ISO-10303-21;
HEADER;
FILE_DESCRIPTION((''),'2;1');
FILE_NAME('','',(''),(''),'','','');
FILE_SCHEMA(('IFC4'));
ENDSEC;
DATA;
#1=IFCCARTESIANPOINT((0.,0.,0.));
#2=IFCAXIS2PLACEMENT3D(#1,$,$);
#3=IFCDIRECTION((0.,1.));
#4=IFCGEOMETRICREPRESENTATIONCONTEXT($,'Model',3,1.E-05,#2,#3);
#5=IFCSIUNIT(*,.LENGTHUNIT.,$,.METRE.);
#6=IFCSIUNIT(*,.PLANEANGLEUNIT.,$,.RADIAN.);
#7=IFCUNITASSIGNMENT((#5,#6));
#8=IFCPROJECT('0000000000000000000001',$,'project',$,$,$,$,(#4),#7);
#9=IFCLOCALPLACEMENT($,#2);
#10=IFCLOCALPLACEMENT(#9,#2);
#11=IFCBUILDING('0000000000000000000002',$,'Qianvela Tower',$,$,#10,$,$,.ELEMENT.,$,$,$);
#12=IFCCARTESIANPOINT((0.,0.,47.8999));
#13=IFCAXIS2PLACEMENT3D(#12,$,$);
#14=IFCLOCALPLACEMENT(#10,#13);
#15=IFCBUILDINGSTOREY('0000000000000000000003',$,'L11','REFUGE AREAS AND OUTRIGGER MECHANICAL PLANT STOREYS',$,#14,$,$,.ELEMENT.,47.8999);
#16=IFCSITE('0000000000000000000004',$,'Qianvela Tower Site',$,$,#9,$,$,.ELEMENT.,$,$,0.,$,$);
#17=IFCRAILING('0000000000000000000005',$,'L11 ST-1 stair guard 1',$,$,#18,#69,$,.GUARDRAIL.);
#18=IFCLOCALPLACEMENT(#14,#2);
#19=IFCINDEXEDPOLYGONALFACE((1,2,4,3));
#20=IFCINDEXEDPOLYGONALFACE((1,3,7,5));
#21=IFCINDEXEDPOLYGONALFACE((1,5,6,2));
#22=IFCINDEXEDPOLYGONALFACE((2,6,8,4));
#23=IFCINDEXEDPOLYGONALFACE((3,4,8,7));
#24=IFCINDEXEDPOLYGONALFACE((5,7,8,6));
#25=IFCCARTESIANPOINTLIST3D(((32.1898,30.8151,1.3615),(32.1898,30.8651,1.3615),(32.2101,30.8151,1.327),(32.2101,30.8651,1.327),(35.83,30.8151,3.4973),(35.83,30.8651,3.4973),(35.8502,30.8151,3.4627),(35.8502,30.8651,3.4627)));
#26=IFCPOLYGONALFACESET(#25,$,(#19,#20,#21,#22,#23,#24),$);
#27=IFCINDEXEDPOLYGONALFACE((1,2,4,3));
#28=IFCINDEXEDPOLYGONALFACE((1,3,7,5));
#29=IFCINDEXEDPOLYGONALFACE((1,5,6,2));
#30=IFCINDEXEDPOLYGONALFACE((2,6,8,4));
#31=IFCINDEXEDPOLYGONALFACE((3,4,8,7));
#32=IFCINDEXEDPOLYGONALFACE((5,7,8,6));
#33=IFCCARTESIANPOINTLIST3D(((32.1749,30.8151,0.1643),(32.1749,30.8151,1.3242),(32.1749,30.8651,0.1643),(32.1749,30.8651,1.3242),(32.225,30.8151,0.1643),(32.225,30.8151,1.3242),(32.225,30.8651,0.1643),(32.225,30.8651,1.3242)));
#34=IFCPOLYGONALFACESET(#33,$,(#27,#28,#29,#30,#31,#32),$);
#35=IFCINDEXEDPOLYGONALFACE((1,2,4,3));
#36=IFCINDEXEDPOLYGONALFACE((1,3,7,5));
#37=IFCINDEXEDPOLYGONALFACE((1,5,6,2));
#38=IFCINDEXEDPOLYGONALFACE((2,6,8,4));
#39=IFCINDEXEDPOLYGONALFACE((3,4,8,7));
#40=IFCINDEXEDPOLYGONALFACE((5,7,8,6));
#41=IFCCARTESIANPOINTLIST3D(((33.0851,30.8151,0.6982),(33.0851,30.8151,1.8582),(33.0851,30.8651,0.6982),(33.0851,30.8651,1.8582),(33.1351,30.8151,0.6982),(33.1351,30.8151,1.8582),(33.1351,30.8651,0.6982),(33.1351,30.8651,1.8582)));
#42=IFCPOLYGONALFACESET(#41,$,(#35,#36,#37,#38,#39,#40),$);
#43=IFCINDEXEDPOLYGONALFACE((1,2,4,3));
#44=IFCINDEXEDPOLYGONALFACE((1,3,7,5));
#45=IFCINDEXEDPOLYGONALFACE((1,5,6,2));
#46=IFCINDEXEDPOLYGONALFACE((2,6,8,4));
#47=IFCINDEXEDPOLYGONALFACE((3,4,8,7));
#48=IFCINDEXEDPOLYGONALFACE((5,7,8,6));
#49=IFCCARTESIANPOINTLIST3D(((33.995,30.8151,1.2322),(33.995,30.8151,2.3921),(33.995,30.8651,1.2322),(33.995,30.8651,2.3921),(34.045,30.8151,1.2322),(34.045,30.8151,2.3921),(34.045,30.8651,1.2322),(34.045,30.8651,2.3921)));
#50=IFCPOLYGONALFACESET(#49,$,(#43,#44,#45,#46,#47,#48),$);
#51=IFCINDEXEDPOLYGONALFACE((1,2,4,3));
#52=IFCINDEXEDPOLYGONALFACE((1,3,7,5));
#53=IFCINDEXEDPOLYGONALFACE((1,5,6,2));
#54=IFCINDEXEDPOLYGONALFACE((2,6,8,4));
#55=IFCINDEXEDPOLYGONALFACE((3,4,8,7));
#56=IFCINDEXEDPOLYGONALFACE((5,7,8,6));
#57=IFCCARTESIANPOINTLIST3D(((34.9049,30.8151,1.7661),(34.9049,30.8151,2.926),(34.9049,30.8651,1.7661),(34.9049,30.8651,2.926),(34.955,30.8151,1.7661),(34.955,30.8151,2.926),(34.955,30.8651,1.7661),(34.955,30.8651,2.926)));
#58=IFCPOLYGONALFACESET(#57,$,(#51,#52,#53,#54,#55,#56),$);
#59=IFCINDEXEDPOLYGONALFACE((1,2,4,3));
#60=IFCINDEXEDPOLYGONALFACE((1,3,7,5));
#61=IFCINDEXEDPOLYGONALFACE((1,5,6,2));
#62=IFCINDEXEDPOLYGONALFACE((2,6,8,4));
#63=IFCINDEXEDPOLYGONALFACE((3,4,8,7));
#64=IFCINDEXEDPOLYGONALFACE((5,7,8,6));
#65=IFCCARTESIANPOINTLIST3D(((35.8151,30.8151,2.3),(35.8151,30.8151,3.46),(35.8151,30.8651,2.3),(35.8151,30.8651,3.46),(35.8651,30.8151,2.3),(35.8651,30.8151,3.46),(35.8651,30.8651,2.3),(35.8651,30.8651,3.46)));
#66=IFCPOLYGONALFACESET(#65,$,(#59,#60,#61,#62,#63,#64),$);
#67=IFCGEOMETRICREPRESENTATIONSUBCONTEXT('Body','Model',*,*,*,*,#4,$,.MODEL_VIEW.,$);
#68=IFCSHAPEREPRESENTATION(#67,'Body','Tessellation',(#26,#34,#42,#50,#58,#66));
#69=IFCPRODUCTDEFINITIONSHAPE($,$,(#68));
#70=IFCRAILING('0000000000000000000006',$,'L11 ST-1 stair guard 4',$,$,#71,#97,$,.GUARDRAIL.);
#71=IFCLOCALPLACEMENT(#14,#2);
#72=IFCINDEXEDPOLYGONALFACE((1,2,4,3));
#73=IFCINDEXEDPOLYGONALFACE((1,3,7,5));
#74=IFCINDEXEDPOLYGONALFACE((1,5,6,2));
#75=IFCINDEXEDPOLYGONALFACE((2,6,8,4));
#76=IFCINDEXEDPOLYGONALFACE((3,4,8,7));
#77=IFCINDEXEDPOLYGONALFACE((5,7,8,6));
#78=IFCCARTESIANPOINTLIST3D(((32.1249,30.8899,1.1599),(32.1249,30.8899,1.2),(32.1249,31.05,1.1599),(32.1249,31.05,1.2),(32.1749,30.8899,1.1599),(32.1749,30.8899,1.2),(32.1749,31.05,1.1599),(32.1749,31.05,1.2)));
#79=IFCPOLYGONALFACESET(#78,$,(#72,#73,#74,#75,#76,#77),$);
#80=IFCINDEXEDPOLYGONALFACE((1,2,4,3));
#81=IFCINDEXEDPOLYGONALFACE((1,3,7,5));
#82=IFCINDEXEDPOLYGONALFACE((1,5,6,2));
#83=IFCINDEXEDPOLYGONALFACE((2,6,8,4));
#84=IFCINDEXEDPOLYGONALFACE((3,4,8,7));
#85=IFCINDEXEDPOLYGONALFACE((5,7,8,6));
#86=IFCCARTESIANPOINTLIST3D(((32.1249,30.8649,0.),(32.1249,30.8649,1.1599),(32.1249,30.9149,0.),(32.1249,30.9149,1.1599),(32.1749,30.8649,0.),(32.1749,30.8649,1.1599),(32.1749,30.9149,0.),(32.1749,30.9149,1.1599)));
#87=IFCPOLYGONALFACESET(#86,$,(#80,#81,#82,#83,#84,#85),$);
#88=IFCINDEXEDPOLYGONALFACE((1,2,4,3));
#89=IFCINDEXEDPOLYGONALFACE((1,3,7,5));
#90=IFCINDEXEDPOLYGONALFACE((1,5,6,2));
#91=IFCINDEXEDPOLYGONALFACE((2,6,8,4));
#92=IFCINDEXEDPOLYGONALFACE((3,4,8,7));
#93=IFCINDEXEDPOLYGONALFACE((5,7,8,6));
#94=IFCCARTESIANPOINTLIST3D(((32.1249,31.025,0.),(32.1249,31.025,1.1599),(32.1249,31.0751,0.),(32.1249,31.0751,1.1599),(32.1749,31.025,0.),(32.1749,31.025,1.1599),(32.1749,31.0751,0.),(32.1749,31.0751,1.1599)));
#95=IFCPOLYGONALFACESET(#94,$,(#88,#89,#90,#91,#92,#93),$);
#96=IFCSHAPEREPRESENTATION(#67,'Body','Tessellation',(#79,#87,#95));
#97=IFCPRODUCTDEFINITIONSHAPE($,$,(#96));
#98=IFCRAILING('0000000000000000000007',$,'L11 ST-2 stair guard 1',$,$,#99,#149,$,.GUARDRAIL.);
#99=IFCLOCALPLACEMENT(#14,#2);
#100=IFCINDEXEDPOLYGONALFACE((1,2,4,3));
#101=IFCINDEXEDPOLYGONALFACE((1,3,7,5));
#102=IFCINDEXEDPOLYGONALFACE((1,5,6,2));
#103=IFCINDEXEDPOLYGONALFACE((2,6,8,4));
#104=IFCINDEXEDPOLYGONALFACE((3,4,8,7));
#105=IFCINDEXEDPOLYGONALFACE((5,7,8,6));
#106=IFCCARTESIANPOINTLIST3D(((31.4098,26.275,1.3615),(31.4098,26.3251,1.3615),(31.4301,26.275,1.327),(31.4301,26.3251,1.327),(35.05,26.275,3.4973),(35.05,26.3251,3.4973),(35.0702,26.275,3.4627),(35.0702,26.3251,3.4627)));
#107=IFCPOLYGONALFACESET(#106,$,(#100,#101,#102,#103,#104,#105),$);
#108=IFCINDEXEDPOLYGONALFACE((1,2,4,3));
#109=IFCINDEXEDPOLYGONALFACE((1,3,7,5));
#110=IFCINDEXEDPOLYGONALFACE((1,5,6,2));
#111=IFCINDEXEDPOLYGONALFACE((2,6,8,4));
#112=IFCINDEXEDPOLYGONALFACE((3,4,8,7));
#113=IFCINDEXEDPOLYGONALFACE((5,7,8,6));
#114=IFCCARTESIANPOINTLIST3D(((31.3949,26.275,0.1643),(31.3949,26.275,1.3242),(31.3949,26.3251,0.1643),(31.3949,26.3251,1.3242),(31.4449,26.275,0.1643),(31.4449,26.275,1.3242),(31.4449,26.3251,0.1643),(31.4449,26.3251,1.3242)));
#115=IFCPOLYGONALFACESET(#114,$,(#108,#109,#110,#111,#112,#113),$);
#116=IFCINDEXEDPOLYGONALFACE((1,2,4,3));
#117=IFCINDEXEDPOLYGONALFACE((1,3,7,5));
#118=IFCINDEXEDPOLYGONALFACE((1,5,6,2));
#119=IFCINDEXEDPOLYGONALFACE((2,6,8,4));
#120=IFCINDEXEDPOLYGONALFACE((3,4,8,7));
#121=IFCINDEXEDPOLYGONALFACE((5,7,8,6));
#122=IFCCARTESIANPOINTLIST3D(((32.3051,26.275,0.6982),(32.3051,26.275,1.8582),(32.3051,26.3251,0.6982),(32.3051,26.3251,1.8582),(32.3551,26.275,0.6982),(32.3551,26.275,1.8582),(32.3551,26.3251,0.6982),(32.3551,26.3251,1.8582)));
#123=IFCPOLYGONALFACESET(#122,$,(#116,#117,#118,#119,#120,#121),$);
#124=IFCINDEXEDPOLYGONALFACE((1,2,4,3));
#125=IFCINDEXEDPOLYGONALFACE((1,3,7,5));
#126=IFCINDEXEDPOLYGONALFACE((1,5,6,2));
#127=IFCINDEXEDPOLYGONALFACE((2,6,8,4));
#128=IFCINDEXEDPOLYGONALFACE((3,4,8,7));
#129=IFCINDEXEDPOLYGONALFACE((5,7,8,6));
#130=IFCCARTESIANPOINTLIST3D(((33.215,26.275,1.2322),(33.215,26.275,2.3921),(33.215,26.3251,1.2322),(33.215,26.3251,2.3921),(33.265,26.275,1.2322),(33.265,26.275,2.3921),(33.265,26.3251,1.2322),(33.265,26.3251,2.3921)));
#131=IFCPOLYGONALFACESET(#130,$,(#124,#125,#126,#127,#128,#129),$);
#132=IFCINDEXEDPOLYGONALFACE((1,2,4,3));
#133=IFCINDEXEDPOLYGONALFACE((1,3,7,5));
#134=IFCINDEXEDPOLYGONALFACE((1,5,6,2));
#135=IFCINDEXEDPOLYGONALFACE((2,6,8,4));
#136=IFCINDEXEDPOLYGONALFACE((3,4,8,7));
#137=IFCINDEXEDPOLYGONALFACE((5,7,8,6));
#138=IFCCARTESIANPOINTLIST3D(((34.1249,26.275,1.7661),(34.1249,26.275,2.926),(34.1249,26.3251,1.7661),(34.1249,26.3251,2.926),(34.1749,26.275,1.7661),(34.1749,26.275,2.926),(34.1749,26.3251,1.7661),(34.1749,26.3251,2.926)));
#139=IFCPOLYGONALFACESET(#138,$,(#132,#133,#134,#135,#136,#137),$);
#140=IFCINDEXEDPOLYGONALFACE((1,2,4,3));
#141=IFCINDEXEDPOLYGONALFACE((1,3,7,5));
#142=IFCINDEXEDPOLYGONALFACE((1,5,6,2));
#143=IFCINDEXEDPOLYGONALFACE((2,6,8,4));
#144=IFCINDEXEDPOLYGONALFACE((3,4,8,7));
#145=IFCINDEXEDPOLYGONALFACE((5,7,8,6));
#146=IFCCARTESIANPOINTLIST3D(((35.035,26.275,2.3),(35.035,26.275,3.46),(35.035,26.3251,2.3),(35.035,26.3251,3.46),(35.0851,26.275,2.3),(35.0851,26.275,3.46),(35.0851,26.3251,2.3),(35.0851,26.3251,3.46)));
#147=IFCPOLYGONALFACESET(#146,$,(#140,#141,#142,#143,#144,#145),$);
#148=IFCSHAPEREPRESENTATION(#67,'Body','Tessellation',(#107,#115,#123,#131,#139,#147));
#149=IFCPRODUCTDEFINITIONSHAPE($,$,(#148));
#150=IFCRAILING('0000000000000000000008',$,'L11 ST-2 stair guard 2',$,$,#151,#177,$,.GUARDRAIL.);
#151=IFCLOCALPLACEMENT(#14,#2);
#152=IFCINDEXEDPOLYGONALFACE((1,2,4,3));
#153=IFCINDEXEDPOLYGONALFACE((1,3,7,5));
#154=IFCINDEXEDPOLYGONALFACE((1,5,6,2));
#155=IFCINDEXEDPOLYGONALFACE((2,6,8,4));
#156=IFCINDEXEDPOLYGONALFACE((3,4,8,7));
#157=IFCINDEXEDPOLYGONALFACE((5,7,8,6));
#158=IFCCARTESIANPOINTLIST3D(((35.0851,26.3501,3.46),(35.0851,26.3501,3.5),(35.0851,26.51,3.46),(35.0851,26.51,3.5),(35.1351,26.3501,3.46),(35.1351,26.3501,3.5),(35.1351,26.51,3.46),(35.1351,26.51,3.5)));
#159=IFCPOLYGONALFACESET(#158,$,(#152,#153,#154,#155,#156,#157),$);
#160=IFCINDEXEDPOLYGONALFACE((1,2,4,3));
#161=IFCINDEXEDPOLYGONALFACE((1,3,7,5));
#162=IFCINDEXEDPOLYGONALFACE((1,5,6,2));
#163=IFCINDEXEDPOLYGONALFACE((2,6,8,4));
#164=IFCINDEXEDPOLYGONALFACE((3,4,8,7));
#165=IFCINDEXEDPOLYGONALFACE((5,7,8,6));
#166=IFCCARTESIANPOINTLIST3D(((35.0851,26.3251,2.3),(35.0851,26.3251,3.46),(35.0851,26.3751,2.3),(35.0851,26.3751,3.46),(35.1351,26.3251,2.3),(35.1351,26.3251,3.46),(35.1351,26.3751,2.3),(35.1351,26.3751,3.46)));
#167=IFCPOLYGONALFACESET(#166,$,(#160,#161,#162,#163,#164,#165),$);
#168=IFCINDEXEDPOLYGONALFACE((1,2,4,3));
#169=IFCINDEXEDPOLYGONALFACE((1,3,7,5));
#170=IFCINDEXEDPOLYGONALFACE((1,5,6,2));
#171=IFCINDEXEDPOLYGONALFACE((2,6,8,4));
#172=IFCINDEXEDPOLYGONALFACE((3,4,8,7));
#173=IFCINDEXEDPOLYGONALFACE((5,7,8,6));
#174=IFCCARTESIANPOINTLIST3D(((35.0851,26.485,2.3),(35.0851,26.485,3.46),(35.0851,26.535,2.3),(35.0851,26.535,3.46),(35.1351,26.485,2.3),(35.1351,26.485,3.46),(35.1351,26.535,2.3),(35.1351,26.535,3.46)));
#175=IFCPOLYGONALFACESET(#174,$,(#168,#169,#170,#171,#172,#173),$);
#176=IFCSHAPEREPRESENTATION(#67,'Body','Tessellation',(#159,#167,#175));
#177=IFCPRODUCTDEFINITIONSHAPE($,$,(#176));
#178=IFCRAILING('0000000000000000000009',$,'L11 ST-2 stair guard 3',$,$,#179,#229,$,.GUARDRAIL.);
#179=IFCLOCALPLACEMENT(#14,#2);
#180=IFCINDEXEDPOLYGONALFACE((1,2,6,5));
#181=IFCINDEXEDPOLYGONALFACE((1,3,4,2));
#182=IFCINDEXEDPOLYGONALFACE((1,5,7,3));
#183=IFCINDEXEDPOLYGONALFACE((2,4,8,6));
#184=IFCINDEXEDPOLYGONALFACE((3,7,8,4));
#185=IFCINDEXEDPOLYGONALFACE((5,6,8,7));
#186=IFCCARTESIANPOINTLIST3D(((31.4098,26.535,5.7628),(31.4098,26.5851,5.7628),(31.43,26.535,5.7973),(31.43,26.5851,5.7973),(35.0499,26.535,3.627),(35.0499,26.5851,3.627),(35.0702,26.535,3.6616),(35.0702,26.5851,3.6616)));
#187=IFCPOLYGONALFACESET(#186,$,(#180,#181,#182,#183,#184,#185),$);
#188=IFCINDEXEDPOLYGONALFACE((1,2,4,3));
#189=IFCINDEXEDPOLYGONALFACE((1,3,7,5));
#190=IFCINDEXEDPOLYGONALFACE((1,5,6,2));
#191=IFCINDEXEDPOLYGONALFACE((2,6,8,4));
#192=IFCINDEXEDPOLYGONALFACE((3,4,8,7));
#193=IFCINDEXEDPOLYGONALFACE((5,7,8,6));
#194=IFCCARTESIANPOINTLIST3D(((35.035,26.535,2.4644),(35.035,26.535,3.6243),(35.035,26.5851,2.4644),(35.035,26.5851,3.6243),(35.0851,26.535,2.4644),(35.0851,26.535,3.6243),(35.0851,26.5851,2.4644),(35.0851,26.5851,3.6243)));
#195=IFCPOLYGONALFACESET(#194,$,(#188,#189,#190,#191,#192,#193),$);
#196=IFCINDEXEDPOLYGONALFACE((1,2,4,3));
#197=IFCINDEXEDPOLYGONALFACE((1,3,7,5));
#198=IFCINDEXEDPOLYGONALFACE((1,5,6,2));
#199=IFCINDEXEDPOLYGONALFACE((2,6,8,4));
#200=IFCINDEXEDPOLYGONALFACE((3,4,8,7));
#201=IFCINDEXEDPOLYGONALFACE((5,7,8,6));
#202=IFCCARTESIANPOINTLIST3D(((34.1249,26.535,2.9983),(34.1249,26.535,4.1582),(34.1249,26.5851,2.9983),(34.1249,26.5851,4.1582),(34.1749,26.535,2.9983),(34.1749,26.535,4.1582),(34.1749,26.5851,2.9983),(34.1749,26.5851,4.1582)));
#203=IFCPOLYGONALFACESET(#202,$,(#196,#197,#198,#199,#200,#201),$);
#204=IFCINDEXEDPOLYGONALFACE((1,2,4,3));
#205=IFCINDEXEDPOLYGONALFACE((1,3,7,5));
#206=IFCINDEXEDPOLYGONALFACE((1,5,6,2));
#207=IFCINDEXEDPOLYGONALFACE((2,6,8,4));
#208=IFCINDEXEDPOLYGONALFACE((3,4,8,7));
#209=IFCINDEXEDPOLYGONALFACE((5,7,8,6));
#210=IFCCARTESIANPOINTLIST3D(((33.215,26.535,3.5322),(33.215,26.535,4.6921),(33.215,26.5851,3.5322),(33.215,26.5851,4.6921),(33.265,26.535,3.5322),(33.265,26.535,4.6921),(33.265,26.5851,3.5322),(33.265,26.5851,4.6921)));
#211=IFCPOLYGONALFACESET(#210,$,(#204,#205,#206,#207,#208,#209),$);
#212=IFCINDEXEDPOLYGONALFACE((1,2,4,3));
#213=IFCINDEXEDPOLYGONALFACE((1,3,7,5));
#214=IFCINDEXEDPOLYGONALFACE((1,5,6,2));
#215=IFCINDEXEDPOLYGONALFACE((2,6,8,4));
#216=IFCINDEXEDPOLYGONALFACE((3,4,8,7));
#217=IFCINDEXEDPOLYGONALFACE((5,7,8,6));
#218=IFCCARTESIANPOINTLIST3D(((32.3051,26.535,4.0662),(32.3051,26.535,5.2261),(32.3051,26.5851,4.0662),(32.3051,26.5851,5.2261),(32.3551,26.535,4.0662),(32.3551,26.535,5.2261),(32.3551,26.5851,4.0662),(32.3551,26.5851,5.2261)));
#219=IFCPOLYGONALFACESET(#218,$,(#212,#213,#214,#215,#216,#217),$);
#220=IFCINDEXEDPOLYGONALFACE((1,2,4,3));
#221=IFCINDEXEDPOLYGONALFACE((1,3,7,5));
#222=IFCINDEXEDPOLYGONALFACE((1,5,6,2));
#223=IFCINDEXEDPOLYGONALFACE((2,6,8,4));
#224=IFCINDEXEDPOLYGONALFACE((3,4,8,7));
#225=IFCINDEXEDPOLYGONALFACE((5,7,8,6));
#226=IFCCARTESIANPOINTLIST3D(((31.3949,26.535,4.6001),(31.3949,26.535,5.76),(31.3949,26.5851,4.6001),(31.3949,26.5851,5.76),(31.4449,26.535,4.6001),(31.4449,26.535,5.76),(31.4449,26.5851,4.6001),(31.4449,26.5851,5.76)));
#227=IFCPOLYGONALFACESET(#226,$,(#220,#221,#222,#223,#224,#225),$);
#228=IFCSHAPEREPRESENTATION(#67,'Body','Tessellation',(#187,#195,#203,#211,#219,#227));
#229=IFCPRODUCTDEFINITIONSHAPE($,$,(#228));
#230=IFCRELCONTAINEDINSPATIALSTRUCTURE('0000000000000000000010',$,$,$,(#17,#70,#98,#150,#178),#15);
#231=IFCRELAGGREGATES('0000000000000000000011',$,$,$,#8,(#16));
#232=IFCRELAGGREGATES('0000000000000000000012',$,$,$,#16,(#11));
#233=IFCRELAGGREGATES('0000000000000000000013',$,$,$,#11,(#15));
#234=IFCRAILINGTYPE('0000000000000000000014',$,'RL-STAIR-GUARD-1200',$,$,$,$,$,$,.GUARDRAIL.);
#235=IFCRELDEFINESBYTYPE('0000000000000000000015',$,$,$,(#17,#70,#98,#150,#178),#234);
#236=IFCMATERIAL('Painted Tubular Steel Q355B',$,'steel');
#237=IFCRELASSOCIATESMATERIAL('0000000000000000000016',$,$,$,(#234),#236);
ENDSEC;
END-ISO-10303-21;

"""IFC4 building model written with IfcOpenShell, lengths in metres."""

from ifc_helpers import new_model, si_unit, direction, frame, origin, origin_2d, place, context, subcontext, project, spatial, rectangle, extrude, material, type_object, element, save


model = new_model("IFC4")

# Units and contexts
model_context = context("Model", 3, precision=1e-05, world=origin(), true_north=direction((0.0, 1.0)))
body_context = subcontext(model_context, "Body", "Model", "MODEL_VIEW")
ifc_project = project(units=[si_unit("LENGTHUNIT", "METRE"), si_unit("PLANEANGLEUNIT", "RADIAN")], contexts=[model_context])

# Site, building, storey
site_placement = place(None, origin())
site = spatial("IfcSite", under=ifc_project, at=site_placement, Name="Qianvela Tower Site", CompositionType="ELEMENT", RefElevation=0.0)
building_placement = place(site_placement, origin())
building = spatial("IfcBuilding", under=site, at=building_placement, Name="Qianvela Tower", CompositionType="ELEMENT")
storey_placement = place(building_placement, frame((0.0, 0.0, 47.8999)))
storey = spatial("IfcBuildingStorey", under=building, at=storey_placement, Name="L11", Description="REFUGE AREAS AND OUTRIGGER MECHANICAL PLANT STOREYS", CompositionType="ELEMENT", Elevation=47.8999)

# Railings
ifc_material_1 = material(Name="Painted Tubular Steel Q355B", Category="steel")
railing_type_1 = type_object("IfcRailingType", Name="RL-STAIR-GUARD-1200", PredefinedType="GUARDRAIL", material=ifc_material_1)
railing_1_placement = place(storey_placement, frame((32.2, 30.8401, 0.1643)))
element("IfcRailing", 1, at=railing_1_placement, inside=storey, type_object=railing_type_1, Name="L11 ST-1 stair guard 1", PredefinedType="GUARDRAIL", context=body_context, shape_type="SweptSolid", body=[
    extrude(rectangle(XDim=0.05, YDim=0.04, at=origin_2d()), frame((0.0, 0.0, 1.1799), z_axis=(0.862505, 0.0, 0.506049), x_axis=(0.0, 1.0, 0.0)), (0.0, 0.0, 1.0), 4.2205),
    extrude(rectangle(XDim=0.05, YDim=0.05, at=origin_2d()), origin(), (0.0, 0.0, 1.0), 1.1599),
    extrude(rectangle(XDim=0.05, YDim=0.05, at=origin_2d()), frame((0.9102, 0.0, 0.5339)), (0.0, 0.0, 1.0), 1.1599),
    extrude(rectangle(XDim=0.05, YDim=0.05, at=origin_2d()), frame((1.8201, 0.0, 1.0679)), (0.0, 0.0, 1.0), 1.1599),
    extrude(rectangle(XDim=0.05, YDim=0.05, at=origin_2d()), frame((2.73, 0.0, 1.6018)), (0.0, 0.0, 1.0), 1.1599),
    extrude(rectangle(XDim=0.05, YDim=0.05, at=origin_2d()), frame((3.6401, 0.0, 2.1357)), (0.0, 0.0, 1.0), 1.1599),
])
railing_2_placement = place(storey_placement, frame((32.1499, 30.8899, 0.0)))
element("IfcRailing", 2, at=railing_2_placement, inside=storey, type_object=railing_type_1, Name="L11 ST-1 stair guard 4", PredefinedType="GUARDRAIL", context=body_context, shape_type="SweptSolid", body=[
    extrude(rectangle(XDim=0.05, YDim=0.04, at=origin_2d()), frame((0.0, 0.0, 1.1799), z_axis=(0.0, 1.0, 0.0), x_axis=(-1.0, 0.0, 0.0)), (0.0, 0.0, 1.0), 0.1602),
    extrude(rectangle(XDim=0.05, YDim=0.05, at=origin_2d()), origin(), (0.0, 0.0, 1.0), 1.1599),
    extrude(rectangle(XDim=0.05, YDim=0.05, at=origin_2d()), frame((0.0, 0.1602, 0.0)), (0.0, 0.0, 1.0), 1.1599),
])
railing_3_placement = place(storey_placement, frame((31.4199, 26.3, 0.1643)))
element("IfcRailing", 3, at=railing_3_placement, inside=storey, type_object=railing_type_1, Name="L11 ST-2 stair guard 1", PredefinedType="GUARDRAIL", context=body_context, shape_type="SweptSolid", body=[
    extrude(rectangle(XDim=0.05, YDim=0.04, at=origin_2d()), frame((0.0, 0.0, 1.1799), z_axis=(0.862505, 0.0, 0.506049), x_axis=(0.0, 1.0, 0.0)), (0.0, 0.0, 1.0), 4.2205),
    extrude(rectangle(XDim=0.05, YDim=0.05, at=origin_2d()), origin(), (0.0, 0.0, 1.0), 1.1599),
    extrude(rectangle(XDim=0.05, YDim=0.05, at=origin_2d()), frame((0.9102, 0.0, 0.5339)), (0.0, 0.0, 1.0), 1.1599),
    extrude(rectangle(XDim=0.05, YDim=0.05, at=origin_2d()), frame((1.8201, 0.0, 1.0679)), (0.0, 0.0, 1.0), 1.1599),
    extrude(rectangle(XDim=0.05, YDim=0.05, at=origin_2d()), frame((2.73, 0.0, 1.6018)), (0.0, 0.0, 1.0), 1.1599),
    extrude(rectangle(XDim=0.05, YDim=0.05, at=origin_2d()), frame((3.6401, 0.0, 2.1357)), (0.0, 0.0, 1.0), 1.1599),
])
railing_4_placement = place(storey_placement, frame((35.1101, 26.3501, 2.3)))
element("IfcRailing", 4, at=railing_4_placement, inside=storey, type_object=railing_type_1, Name="L11 ST-2 stair guard 2", PredefinedType="GUARDRAIL", context=body_context, shape_type="SweptSolid", body=[
    extrude(rectangle(XDim=0.05, YDim=0.04, at=origin_2d()), frame((0.0, 0.0, 1.1799), z_axis=(0.0, 1.0, 0.0), x_axis=(-1.0, 0.0, 0.0)), (0.0, 0.0, 1.0), 0.1599),
    extrude(rectangle(XDim=0.05, YDim=0.05, at=origin_2d()), origin(), (0.0, 0.0, 1.0), 1.1599),
    extrude(rectangle(XDim=0.05, YDim=0.05, at=origin_2d()), frame((0.0, 0.1599, 0.0)), (0.0, 0.0, 1.0), 1.1599),
])
railing_5_placement = place(storey_placement, frame((35.0601, 26.5601, 2.4644)))
element("IfcRailing", 5, at=railing_5_placement, inside=storey, type_object=railing_type_1, Name="L11 ST-2 stair guard 3", PredefinedType="GUARDRAIL", context=body_context, shape_type="SweptSolid", body=[
    extrude(rectangle(XDim=0.05, YDim=0.04, at=origin_2d()), frame((0.0, 0.0, 1.1799), z_axis=(-0.862505, 0.0, 0.506049), x_axis=(0.0, -1.0, 0.0)), (0.0, 0.0, 1.0), 4.2205),
    extrude(rectangle(XDim=0.05, YDim=0.05, at=origin_2d()), origin(), (0.0, 0.0, 1.0), 1.1599),
    extrude(rectangle(XDim=0.05, YDim=0.05, at=origin_2d()), frame((-0.9102, 0.0, 0.5339)), (0.0, 0.0, 1.0), 1.1599),
    extrude(rectangle(XDim=0.05, YDim=0.05, at=origin_2d()), frame((-1.8201, 0.0, 1.0679)), (0.0, 0.0, 1.0), 1.1599),
    extrude(rectangle(XDim=0.05, YDim=0.05, at=origin_2d()), frame((-2.73, 0.0, 1.6018)), (0.0, 0.0, 1.0), 1.1599),
    extrude(rectangle(XDim=0.05, YDim=0.05, at=origin_2d()), frame((-3.6401, 0.0, 2.1357)), (0.0, 0.0, 1.0), 1.1599),
])

save(model, "model.ifc")
